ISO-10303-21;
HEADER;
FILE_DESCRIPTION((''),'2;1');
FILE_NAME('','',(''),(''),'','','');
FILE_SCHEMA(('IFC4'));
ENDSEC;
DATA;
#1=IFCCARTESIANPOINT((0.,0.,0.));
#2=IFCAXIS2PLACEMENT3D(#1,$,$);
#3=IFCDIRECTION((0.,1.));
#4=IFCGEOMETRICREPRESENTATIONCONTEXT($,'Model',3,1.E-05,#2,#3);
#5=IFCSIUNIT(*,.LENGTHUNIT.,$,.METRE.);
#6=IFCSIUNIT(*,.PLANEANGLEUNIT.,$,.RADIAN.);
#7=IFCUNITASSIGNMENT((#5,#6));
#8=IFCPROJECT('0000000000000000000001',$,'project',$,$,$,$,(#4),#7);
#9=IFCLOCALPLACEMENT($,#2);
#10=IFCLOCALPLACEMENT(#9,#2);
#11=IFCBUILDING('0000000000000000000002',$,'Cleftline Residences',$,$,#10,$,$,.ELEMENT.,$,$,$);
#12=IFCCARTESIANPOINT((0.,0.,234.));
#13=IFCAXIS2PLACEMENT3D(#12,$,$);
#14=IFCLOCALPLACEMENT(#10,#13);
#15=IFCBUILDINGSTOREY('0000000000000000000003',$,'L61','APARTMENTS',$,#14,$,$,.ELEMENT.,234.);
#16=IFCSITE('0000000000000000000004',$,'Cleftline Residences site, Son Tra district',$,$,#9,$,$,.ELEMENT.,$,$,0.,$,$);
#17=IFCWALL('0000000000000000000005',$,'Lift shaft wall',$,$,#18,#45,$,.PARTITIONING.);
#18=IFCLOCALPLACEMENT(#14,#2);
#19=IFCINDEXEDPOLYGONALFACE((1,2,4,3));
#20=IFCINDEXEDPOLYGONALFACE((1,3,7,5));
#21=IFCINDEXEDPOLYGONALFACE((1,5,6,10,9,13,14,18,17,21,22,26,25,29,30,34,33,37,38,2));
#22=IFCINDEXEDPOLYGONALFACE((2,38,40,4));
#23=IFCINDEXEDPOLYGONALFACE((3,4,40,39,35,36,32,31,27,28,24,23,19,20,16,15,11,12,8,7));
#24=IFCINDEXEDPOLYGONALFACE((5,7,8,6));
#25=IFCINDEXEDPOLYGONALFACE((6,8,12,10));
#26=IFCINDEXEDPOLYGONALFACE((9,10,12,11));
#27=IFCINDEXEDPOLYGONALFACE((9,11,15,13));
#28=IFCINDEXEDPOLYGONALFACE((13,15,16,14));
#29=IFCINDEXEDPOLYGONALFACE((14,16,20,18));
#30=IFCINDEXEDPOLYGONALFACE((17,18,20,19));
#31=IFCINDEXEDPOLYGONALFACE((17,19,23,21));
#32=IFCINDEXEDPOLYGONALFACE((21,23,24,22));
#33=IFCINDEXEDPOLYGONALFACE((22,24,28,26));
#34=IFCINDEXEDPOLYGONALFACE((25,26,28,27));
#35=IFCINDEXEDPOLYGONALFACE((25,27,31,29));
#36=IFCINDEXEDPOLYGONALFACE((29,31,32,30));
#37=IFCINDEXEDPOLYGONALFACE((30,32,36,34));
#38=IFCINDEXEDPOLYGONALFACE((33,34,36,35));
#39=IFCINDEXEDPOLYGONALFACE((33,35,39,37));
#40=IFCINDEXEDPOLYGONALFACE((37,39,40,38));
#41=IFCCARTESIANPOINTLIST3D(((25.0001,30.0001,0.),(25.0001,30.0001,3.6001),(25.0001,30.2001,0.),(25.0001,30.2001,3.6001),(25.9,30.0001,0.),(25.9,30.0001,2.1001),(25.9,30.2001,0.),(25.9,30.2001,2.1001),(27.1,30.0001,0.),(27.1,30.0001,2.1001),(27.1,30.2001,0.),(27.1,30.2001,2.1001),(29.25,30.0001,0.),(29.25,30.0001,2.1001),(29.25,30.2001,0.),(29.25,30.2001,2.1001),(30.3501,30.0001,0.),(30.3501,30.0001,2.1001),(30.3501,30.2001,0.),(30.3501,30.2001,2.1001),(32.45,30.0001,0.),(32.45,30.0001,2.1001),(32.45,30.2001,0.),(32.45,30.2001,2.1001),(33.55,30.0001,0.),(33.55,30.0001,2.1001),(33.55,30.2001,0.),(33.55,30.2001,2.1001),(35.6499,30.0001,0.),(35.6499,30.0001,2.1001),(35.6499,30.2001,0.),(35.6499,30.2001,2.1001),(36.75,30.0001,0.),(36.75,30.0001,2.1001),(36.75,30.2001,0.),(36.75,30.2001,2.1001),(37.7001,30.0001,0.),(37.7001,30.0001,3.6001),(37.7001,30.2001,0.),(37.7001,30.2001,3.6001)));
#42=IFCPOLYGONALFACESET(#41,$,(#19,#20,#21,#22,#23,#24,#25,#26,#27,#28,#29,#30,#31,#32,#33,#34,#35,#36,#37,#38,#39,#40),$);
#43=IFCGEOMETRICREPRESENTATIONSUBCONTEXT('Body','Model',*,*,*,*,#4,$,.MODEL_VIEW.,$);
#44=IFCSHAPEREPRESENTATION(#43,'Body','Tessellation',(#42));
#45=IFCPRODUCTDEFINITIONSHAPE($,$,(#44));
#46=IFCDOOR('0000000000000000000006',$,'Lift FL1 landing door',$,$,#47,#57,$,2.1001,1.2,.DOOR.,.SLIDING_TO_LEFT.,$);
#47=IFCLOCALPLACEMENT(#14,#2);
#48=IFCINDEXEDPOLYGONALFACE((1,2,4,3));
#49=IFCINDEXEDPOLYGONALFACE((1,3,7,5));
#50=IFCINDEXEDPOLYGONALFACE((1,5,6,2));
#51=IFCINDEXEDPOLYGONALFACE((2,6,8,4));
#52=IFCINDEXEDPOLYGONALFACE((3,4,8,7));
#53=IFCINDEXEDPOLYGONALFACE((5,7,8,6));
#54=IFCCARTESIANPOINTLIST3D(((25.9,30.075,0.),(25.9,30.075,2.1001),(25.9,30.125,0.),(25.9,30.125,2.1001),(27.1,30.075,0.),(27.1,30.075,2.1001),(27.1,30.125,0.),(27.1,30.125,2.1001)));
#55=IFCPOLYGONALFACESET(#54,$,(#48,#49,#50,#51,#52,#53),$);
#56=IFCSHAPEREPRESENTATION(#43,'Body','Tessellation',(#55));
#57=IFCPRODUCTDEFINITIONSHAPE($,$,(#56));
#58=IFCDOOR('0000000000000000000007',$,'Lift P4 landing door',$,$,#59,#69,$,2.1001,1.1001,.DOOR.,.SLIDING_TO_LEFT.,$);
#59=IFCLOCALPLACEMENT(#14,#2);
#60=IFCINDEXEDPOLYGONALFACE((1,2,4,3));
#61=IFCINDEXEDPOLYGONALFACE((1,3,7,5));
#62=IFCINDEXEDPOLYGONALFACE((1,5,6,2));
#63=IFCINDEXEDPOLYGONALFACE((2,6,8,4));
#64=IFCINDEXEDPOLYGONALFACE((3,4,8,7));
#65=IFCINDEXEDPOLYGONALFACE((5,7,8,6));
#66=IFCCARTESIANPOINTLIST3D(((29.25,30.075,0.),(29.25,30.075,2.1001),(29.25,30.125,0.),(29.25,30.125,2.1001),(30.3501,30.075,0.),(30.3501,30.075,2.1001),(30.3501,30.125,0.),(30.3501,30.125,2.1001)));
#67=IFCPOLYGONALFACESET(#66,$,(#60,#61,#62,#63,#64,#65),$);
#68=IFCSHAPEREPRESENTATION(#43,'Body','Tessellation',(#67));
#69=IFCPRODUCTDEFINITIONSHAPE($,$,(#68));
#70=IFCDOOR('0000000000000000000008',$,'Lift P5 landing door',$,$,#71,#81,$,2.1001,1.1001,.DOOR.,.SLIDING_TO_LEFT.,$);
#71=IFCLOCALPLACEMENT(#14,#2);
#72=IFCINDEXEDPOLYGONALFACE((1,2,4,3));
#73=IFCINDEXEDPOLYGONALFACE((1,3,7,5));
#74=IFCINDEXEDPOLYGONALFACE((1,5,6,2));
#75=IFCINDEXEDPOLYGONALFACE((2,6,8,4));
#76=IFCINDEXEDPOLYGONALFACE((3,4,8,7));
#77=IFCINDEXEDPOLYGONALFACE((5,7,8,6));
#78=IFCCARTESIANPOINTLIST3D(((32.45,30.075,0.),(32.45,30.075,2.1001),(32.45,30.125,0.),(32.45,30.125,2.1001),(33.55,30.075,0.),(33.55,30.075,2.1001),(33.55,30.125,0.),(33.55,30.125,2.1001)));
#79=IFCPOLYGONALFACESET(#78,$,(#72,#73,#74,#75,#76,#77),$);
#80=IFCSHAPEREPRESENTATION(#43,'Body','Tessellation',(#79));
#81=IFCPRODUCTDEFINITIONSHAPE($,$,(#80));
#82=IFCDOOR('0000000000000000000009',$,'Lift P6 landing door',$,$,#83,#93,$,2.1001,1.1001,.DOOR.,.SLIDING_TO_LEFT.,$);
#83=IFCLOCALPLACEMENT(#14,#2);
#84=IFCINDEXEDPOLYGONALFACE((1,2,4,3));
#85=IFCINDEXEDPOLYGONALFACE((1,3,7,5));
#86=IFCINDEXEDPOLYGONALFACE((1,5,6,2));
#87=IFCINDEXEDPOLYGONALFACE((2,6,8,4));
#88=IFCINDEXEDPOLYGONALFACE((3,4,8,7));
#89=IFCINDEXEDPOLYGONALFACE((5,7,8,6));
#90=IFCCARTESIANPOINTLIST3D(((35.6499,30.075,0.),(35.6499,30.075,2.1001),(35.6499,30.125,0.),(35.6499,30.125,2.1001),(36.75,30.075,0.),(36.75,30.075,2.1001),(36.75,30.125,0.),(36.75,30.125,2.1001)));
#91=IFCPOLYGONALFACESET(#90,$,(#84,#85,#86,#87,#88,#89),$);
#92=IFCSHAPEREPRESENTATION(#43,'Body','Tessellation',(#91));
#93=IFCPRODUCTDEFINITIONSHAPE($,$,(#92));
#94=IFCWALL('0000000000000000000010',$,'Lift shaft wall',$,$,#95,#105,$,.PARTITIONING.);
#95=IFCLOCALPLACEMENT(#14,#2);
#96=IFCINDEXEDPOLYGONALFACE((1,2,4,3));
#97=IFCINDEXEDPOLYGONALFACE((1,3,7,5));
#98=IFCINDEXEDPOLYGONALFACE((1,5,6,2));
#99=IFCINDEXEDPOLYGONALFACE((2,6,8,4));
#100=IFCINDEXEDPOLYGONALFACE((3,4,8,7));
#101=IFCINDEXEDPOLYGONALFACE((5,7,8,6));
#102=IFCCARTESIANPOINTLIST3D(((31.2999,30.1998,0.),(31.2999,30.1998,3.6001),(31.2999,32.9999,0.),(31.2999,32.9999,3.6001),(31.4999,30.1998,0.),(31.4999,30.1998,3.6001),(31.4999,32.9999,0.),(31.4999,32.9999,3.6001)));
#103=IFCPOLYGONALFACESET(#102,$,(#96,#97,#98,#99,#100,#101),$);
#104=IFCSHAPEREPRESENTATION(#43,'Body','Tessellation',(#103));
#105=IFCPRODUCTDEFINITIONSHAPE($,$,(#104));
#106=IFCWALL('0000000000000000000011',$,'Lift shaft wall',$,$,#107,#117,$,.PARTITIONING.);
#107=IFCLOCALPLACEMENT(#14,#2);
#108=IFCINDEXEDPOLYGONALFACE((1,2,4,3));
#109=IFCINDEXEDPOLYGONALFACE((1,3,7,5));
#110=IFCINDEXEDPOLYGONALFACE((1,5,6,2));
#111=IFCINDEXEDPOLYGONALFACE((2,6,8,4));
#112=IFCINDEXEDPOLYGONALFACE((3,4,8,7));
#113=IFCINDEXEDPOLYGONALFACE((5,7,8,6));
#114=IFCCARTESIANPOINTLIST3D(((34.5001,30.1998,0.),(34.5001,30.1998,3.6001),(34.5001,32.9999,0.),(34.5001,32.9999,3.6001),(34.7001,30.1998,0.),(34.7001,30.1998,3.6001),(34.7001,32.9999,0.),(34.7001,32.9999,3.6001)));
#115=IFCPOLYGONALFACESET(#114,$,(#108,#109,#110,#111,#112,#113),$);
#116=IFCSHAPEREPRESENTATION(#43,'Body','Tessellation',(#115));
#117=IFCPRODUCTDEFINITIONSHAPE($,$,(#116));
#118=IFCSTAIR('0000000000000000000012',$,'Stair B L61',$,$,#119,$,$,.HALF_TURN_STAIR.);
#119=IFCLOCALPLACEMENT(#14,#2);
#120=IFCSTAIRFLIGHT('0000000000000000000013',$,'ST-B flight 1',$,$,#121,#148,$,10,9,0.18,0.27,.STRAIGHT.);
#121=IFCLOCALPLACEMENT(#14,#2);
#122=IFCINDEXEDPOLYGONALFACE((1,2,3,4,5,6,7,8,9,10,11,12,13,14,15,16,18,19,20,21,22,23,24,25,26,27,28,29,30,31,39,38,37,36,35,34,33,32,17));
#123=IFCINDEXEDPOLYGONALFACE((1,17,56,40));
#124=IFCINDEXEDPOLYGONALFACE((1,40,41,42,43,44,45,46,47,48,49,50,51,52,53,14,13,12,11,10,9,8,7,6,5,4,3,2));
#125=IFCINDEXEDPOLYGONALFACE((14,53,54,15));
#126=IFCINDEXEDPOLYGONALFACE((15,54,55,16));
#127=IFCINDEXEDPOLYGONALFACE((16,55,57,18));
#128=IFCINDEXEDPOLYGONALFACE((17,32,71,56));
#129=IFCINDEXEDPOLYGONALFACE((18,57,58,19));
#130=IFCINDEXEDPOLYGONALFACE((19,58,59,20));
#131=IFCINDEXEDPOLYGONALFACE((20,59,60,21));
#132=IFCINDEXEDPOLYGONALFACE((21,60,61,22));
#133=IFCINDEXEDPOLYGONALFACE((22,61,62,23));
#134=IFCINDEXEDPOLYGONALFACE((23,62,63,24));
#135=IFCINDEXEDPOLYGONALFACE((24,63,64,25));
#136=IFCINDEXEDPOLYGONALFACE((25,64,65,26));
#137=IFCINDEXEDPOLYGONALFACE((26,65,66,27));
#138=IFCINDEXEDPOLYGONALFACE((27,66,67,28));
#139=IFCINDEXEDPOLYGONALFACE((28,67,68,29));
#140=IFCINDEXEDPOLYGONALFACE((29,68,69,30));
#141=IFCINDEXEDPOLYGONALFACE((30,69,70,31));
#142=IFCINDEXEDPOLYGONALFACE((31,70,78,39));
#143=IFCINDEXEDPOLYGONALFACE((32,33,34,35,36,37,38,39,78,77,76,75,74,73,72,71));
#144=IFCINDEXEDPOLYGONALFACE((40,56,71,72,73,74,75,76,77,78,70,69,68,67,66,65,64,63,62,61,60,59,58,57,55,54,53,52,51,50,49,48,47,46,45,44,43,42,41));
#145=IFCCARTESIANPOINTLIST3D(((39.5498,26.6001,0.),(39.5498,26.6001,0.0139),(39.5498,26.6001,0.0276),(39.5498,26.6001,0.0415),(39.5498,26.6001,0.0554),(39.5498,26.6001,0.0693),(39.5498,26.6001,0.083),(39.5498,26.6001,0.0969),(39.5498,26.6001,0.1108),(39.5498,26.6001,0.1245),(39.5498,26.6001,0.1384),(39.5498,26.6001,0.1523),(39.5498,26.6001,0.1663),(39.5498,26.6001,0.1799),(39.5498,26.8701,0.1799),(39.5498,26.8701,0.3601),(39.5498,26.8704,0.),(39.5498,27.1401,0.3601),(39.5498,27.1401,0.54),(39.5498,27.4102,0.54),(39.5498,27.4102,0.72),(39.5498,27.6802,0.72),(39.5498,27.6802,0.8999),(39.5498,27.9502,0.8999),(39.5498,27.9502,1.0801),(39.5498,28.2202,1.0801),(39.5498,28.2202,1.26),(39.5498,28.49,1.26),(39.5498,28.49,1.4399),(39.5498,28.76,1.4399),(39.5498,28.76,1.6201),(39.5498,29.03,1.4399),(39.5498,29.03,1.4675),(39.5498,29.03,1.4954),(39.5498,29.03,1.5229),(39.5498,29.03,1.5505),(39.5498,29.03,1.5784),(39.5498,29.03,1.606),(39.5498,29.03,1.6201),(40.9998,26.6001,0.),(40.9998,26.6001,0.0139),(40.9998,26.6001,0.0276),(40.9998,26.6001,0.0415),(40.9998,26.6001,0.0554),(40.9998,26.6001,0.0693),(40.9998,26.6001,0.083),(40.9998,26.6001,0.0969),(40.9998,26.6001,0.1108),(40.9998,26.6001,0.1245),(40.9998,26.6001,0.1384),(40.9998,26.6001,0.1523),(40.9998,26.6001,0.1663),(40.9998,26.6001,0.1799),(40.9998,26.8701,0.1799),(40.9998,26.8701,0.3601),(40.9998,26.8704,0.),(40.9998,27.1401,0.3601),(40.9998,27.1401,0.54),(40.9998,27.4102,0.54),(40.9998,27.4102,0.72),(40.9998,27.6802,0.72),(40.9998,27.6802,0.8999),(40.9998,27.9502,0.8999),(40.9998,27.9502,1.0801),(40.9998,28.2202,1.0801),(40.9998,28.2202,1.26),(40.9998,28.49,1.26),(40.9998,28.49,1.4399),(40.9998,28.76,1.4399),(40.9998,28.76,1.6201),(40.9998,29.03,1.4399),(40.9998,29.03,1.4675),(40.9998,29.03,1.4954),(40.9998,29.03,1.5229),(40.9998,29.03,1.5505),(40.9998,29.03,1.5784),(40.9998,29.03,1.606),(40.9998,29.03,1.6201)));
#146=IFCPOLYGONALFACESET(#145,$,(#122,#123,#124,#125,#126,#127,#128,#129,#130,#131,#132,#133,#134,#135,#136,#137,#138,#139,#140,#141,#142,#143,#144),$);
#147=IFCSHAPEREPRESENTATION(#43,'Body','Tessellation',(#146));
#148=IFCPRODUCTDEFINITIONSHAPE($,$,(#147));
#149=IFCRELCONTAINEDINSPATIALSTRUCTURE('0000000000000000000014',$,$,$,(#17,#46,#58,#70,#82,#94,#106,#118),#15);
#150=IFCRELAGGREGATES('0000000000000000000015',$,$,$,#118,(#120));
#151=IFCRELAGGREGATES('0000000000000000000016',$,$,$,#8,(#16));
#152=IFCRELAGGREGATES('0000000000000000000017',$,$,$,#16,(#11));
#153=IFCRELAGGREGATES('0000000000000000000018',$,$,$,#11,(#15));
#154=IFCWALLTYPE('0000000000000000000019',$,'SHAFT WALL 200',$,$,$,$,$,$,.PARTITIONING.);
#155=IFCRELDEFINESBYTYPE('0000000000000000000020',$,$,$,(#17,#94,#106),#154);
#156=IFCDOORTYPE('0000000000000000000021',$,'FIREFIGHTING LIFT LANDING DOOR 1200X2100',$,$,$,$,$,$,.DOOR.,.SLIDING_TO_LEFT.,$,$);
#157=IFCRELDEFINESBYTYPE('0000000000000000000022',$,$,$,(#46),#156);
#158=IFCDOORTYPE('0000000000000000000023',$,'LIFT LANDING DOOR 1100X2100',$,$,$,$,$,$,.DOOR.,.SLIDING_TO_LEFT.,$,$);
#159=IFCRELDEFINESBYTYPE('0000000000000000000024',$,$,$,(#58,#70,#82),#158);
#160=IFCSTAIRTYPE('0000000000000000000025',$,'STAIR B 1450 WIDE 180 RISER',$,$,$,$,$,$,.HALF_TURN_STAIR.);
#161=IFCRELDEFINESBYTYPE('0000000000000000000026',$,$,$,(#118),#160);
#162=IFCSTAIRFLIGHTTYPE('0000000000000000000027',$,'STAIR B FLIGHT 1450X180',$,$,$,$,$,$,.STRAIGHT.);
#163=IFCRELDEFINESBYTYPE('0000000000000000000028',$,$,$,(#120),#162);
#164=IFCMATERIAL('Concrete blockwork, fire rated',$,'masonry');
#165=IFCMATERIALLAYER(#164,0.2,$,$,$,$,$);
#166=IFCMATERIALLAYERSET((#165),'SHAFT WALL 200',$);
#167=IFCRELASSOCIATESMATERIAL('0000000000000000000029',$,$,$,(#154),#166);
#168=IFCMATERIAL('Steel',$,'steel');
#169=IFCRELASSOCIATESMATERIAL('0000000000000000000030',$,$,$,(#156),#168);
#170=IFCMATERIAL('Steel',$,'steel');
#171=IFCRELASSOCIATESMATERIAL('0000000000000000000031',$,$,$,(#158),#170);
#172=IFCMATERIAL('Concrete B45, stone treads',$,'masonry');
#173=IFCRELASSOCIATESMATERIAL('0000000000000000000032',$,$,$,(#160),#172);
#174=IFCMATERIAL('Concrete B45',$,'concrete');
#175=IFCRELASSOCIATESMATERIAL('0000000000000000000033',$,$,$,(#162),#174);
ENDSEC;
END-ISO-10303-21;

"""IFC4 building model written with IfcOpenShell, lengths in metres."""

from ifc_helpers import new_model, si_unit, direction, frame, frame_2d, origin, place, context, subcontext, project, spatial, polyline, rectangle, outline, extrude, material, layer, layer_set, type_object, element, fill, aggregate, save


model = new_model("IFC4")

# Units and contexts
model_context = context("Model", 3, precision=1e-05, world=origin(), true_north=direction((0.0, 1.0)))
body_context = subcontext(model_context, "Body", "Model", "MODEL_VIEW")
ifc_project = project(units=[si_unit("LENGTHUNIT", "METRE"), si_unit("PLANEANGLEUNIT", "RADIAN")], contexts=[model_context])

# Site, building, storey
site_placement = place(None, origin())
site = spatial("IfcSite", under=ifc_project, at=site_placement, Name="Cleftline Residences site, Son Tra district", CompositionType="ELEMENT", RefElevation=0.0)
building_placement = place(site_placement, origin())
building = spatial("IfcBuilding", under=site, at=building_placement, Name="Cleftline Residences", CompositionType="ELEMENT")
storey_placement = place(building_placement, frame((0.0, 0.0, 234.0)))
storey = spatial("IfcBuildingStorey", under=building, at=storey_placement, Name="L61", Description="APARTMENTS", CompositionType="ELEMENT", Elevation=234.0)

# Wall, openings, doors
ifc_material_1 = material(Name="Concrete blockwork, fire rated", Category="masonry")
ifc_layer_1 = layer(ifc_material_1, 0.2)
ifc_layer_set_1 = layer_set([ifc_layer_1], Name="SHAFT WALL 200")
wall_type_1 = type_object("IfcWallType", Name="SHAFT WALL 200", PredefinedType="PARTITIONING", material=ifc_layer_set_1)
wall_1_placement = place(storey_placement, frame((25.0, 30.1001, 0.0), z_axis=(0.0, 0.0, 1.0), x_axis=(1.0, 0.0, 0.0)))
wall_1 = element("IfcWall", 1, at=wall_1_placement, inside=storey, type_object=wall_type_1, Name="Lift shaft wall", PredefinedType="PARTITIONING", context=body_context, shape_type="SweptSolid", body=[
    extrude(rectangle(XDim=12.7, YDim=0.2, at=frame_2d((6.3501, 0.0))), origin(), (0.0, 0.0, 1.0), 3.6001),
])
opening_1_placement = place(wall_1_placement, frame((4.25, 0.0, 0.0)))
opening_1 = element("IfcOpeningElement", 2, at=opening_1_placement, cuts=wall_1, PredefinedType="OPENING", context=body_context, shape_type="SweptSolid", body=[
    extrude(rectangle(XDim=1.1001, YDim=2.1001, at=frame_2d((0.55, 1.05))), frame((0.0, 0.1099, 0.0), z_axis=(0.0, -1.0, 0.0), x_axis=(1.0, 0.0, 0.0)), (0.0, 0.0, 1.0), 0.22),
])
opening_2_placement = place(wall_1_placement, frame((7.45, 0.0, 0.0)))
opening_2 = element("IfcOpeningElement", 3, at=opening_2_placement, cuts=wall_1, PredefinedType="OPENING", context=body_context, shape_type="SweptSolid", body=[
    extrude(rectangle(XDim=1.1001, YDim=2.1001, at=frame_2d((0.55, 1.05))), frame((0.0, 0.1099, 0.0), z_axis=(0.0, -1.0, 0.0), x_axis=(1.0, 0.0, 0.0)), (0.0, 0.0, 1.0), 0.22),
])
opening_3_placement = place(wall_1_placement, frame((10.6499, 0.0, 0.0)))
opening_3 = element("IfcOpeningElement", 4, at=opening_3_placement, cuts=wall_1, PredefinedType="OPENING", context=body_context, shape_type="SweptSolid", body=[
    extrude(rectangle(XDim=1.1001, YDim=2.1001, at=frame_2d((0.55, 1.05))), frame((0.0, 0.1099, 0.0), z_axis=(0.0, -1.0, 0.0), x_axis=(1.0, 0.0, 0.0)), (0.0, 0.0, 1.0), 0.22),
])
opening_4_placement = place(wall_1_placement, frame((0.8999, 0.0, 0.0)))
opening_4 = element("IfcOpeningElement", 5, at=opening_4_placement, cuts=wall_1, PredefinedType="OPENING", context=body_context, shape_type="SweptSolid", body=[
    extrude(rectangle(XDim=1.2, YDim=2.1001, at=frame_2d((0.6001, 1.05))), frame((0.0, 0.1099, 0.0), z_axis=(0.0, -1.0, 0.0), x_axis=(1.0, 0.0, 0.0)), (0.0, 0.0, 1.0), 0.22),
])
ifc_material_2 = material(Name="Steel", Category="steel")
door_type_1 = type_object("IfcDoorType", Name="FIREFIGHTING LIFT LANDING DOOR 1200X2100", OperationType="SLIDING_TO_LEFT", PredefinedType="DOOR", material=ifc_material_2)
door_1_placement = place(opening_4_placement, origin())
door_1 = element("IfcDoor", 6, at=door_1_placement, inside=storey, type_object=door_type_1, Name="Lift FL1 landing door", OperationType="SLIDING_TO_LEFT", OverallHeight=2.1001, OverallWidth=1.2, PredefinedType="DOOR", context=body_context, shape_type="SweptSolid", body=[
    extrude(rectangle(XDim=1.2, YDim=2.1001, at=frame_2d((0.6001, 1.05))), frame((0.0, 0.0249, 0.0), z_axis=(0.0, -1.0, 0.0), x_axis=(1.0, 0.0, 0.0)), (0.0, 0.0, 1.0), 0.05),
])
fill(opening_4, door_1)
ifc_material_3 = material(Name="Steel", Category="steel")
door_type_2 = type_object("IfcDoorType", Name="LIFT LANDING DOOR 1100X2100", OperationType="SLIDING_TO_LEFT", PredefinedType="DOOR", material=ifc_material_3)
door_2_placement = place(opening_1_placement, origin())
door_2 = element("IfcDoor", 7, at=door_2_placement, inside=storey, type_object=door_type_2, Name="Lift P4 landing door", OperationType="SLIDING_TO_LEFT", OverallHeight=2.1001, OverallWidth=1.1001, PredefinedType="DOOR", context=body_context, shape_type="SweptSolid", body=[
    extrude(rectangle(XDim=1.1001, YDim=2.1001, at=frame_2d((0.55, 1.05))), frame((0.0, 0.0249, 0.0), z_axis=(0.0, -1.0, 0.0), x_axis=(1.0, 0.0, 0.0)), (0.0, 0.0, 1.0), 0.05),
])
fill(opening_1, door_2)
door_3_placement = place(opening_2_placement, origin())
door_3 = element("IfcDoor", 8, at=door_3_placement, inside=storey, type_object=door_type_2, Name="Lift P5 landing door", OperationType="SLIDING_TO_LEFT", OverallHeight=2.1001, OverallWidth=1.1001, PredefinedType="DOOR", context=body_context, shape_type="SweptSolid", body=[
    extrude(rectangle(XDim=1.1001, YDim=2.1001, at=frame_2d((0.55, 1.05))), frame((0.0, 0.0249, 0.0), z_axis=(0.0, -1.0, 0.0), x_axis=(1.0, 0.0, 0.0)), (0.0, 0.0, 1.0), 0.05),
])
fill(opening_2, door_3)
door_4_placement = place(opening_3_placement, origin())
door_4 = element("IfcDoor", 9, at=door_4_placement, inside=storey, type_object=door_type_2, Name="Lift P6 landing door", OperationType="SLIDING_TO_LEFT", OverallHeight=2.1001, OverallWidth=1.1001, PredefinedType="DOOR", context=body_context, shape_type="SweptSolid", body=[
    extrude(rectangle(XDim=1.1001, YDim=2.1001, at=frame_2d((0.55, 1.05))), frame((0.0, 0.0249, 0.0), z_axis=(0.0, -1.0, 0.0), x_axis=(1.0, 0.0, 0.0)), (0.0, 0.0, 1.0), 0.05),
])
fill(opening_3, door_4)

# Walls
for number, where, z_axis, x_axis, name in (
    (10, (31.3999, 30.2, 0.0), (0.0, 0.0, 1.0), (0.0, 1.0, 0.0), "Lift shaft wall"),
    (11, (34.6001, 30.2, 0.0), (0.0, 0.0, 1.0), (0.0, 1.0, 0.0), "Lift shaft wall"),
):
    element("IfcWall", number, at=place(storey_placement, frame(where, z_axis=z_axis, x_axis=x_axis)), inside=storey, type_object=wall_type_1, Name=name, PredefinedType="PARTITIONING", context=body_context, shape_type="SweptSolid", body=[
        extrude(rectangle(XDim=2.8, YDim=0.2, at=frame_2d((1.3999, 0.0))), origin(), (0.0, 0.0, 1.0), 3.6001),
    ])

# Stair, stair flight
ifc_material_4 = material(Name="Concrete B45, stone treads", Category="masonry")
stair_type = type_object("IfcStairType", Name="STAIR B 1450 WIDE 180 RISER", PredefinedType="HALF_TURN_STAIR", material=ifc_material_4)
stair_placement = place(storey_placement, origin())
stair = element("IfcStair", 12, at=stair_placement, inside=storey, type_object=stair_type, Name="Stair B L61", PredefinedType="HALF_TURN_STAIR")
ifc_material_5 = material(Name="Concrete B45", Category="concrete")
stair_flight_type = type_object("IfcStairFlightType", Name="STAIR B FLIGHT 1450X180", PredefinedType="STRAIGHT", material=ifc_material_5)
stair_flight_1_placement = place(storey_placement, frame((40.2749, 26.6001, 0.0), z_axis=(0.0, 0.0, 1.0), x_axis=(0.0, 1.0, 0.0)))
stair_flight_1 = element("IfcStairFlight", 13, at=stair_flight_1_placement, type_object=stair_flight_type, Name="ST-B flight 1", NumberOfRisers=10, NumberOfTreads=9, PredefinedType="STRAIGHT", RiserHeight=0.18, TreadLength=0.27, context=body_context, shape_type="SweptSolid", body=[
    extrude(outline(polyline([(0.0, 0.0), (0.0, 0.0139), (0.0, 0.0276), (0.0, 0.0415), (0.0, 0.0554), (0.0, 0.0693), (0.0, 0.083), (0.0, 0.0969), (0.0, 0.1108), (0.0, 0.1245), (0.0, 0.1384), (0.0, 0.1523), (0.0, 0.1663), (0.0, 0.1799), (0.27, 0.1799), (0.27, 0.3601), (0.54, 0.3601), (0.54, 0.54), (0.8101, 0.54), (0.8101, 0.72), (1.0801, 0.72), (1.0801, 0.8999), (1.3501, 0.8999), (1.3501, 1.0801), (1.6201, 1.0801), (1.6201, 1.26), (1.8899, 1.26), (1.8899, 1.4399), (2.1599, 1.4399), (2.1599, 1.6201), (2.4299, 1.6201), (2.4299, 1.8), (2.4299, 1.7722), (2.4299, 1.7446), (2.4299, 1.7168), (2.4299, 1.6892), (2.4299, 1.6614), (2.4299, 1.6338), (2.4299, 1.606), (2.4299, 1.5784), (2.4299, 1.5505), (2.4299, 1.5229), (2.4299, 1.4954), (2.4299, 1.4675), (2.4299, 1.4399), (0.2703, 0.0), (0.0, 0.0)])), frame((0.0, 0.7251, 0.0), z_axis=(0.0, -1.0, 0.0), x_axis=(1.0, 0.0, 0.0)), (0.0, 0.0, 1.0), 1.45),
])
aggregate(stair, [stair_flight_1])

save(model, "model.ifc")
